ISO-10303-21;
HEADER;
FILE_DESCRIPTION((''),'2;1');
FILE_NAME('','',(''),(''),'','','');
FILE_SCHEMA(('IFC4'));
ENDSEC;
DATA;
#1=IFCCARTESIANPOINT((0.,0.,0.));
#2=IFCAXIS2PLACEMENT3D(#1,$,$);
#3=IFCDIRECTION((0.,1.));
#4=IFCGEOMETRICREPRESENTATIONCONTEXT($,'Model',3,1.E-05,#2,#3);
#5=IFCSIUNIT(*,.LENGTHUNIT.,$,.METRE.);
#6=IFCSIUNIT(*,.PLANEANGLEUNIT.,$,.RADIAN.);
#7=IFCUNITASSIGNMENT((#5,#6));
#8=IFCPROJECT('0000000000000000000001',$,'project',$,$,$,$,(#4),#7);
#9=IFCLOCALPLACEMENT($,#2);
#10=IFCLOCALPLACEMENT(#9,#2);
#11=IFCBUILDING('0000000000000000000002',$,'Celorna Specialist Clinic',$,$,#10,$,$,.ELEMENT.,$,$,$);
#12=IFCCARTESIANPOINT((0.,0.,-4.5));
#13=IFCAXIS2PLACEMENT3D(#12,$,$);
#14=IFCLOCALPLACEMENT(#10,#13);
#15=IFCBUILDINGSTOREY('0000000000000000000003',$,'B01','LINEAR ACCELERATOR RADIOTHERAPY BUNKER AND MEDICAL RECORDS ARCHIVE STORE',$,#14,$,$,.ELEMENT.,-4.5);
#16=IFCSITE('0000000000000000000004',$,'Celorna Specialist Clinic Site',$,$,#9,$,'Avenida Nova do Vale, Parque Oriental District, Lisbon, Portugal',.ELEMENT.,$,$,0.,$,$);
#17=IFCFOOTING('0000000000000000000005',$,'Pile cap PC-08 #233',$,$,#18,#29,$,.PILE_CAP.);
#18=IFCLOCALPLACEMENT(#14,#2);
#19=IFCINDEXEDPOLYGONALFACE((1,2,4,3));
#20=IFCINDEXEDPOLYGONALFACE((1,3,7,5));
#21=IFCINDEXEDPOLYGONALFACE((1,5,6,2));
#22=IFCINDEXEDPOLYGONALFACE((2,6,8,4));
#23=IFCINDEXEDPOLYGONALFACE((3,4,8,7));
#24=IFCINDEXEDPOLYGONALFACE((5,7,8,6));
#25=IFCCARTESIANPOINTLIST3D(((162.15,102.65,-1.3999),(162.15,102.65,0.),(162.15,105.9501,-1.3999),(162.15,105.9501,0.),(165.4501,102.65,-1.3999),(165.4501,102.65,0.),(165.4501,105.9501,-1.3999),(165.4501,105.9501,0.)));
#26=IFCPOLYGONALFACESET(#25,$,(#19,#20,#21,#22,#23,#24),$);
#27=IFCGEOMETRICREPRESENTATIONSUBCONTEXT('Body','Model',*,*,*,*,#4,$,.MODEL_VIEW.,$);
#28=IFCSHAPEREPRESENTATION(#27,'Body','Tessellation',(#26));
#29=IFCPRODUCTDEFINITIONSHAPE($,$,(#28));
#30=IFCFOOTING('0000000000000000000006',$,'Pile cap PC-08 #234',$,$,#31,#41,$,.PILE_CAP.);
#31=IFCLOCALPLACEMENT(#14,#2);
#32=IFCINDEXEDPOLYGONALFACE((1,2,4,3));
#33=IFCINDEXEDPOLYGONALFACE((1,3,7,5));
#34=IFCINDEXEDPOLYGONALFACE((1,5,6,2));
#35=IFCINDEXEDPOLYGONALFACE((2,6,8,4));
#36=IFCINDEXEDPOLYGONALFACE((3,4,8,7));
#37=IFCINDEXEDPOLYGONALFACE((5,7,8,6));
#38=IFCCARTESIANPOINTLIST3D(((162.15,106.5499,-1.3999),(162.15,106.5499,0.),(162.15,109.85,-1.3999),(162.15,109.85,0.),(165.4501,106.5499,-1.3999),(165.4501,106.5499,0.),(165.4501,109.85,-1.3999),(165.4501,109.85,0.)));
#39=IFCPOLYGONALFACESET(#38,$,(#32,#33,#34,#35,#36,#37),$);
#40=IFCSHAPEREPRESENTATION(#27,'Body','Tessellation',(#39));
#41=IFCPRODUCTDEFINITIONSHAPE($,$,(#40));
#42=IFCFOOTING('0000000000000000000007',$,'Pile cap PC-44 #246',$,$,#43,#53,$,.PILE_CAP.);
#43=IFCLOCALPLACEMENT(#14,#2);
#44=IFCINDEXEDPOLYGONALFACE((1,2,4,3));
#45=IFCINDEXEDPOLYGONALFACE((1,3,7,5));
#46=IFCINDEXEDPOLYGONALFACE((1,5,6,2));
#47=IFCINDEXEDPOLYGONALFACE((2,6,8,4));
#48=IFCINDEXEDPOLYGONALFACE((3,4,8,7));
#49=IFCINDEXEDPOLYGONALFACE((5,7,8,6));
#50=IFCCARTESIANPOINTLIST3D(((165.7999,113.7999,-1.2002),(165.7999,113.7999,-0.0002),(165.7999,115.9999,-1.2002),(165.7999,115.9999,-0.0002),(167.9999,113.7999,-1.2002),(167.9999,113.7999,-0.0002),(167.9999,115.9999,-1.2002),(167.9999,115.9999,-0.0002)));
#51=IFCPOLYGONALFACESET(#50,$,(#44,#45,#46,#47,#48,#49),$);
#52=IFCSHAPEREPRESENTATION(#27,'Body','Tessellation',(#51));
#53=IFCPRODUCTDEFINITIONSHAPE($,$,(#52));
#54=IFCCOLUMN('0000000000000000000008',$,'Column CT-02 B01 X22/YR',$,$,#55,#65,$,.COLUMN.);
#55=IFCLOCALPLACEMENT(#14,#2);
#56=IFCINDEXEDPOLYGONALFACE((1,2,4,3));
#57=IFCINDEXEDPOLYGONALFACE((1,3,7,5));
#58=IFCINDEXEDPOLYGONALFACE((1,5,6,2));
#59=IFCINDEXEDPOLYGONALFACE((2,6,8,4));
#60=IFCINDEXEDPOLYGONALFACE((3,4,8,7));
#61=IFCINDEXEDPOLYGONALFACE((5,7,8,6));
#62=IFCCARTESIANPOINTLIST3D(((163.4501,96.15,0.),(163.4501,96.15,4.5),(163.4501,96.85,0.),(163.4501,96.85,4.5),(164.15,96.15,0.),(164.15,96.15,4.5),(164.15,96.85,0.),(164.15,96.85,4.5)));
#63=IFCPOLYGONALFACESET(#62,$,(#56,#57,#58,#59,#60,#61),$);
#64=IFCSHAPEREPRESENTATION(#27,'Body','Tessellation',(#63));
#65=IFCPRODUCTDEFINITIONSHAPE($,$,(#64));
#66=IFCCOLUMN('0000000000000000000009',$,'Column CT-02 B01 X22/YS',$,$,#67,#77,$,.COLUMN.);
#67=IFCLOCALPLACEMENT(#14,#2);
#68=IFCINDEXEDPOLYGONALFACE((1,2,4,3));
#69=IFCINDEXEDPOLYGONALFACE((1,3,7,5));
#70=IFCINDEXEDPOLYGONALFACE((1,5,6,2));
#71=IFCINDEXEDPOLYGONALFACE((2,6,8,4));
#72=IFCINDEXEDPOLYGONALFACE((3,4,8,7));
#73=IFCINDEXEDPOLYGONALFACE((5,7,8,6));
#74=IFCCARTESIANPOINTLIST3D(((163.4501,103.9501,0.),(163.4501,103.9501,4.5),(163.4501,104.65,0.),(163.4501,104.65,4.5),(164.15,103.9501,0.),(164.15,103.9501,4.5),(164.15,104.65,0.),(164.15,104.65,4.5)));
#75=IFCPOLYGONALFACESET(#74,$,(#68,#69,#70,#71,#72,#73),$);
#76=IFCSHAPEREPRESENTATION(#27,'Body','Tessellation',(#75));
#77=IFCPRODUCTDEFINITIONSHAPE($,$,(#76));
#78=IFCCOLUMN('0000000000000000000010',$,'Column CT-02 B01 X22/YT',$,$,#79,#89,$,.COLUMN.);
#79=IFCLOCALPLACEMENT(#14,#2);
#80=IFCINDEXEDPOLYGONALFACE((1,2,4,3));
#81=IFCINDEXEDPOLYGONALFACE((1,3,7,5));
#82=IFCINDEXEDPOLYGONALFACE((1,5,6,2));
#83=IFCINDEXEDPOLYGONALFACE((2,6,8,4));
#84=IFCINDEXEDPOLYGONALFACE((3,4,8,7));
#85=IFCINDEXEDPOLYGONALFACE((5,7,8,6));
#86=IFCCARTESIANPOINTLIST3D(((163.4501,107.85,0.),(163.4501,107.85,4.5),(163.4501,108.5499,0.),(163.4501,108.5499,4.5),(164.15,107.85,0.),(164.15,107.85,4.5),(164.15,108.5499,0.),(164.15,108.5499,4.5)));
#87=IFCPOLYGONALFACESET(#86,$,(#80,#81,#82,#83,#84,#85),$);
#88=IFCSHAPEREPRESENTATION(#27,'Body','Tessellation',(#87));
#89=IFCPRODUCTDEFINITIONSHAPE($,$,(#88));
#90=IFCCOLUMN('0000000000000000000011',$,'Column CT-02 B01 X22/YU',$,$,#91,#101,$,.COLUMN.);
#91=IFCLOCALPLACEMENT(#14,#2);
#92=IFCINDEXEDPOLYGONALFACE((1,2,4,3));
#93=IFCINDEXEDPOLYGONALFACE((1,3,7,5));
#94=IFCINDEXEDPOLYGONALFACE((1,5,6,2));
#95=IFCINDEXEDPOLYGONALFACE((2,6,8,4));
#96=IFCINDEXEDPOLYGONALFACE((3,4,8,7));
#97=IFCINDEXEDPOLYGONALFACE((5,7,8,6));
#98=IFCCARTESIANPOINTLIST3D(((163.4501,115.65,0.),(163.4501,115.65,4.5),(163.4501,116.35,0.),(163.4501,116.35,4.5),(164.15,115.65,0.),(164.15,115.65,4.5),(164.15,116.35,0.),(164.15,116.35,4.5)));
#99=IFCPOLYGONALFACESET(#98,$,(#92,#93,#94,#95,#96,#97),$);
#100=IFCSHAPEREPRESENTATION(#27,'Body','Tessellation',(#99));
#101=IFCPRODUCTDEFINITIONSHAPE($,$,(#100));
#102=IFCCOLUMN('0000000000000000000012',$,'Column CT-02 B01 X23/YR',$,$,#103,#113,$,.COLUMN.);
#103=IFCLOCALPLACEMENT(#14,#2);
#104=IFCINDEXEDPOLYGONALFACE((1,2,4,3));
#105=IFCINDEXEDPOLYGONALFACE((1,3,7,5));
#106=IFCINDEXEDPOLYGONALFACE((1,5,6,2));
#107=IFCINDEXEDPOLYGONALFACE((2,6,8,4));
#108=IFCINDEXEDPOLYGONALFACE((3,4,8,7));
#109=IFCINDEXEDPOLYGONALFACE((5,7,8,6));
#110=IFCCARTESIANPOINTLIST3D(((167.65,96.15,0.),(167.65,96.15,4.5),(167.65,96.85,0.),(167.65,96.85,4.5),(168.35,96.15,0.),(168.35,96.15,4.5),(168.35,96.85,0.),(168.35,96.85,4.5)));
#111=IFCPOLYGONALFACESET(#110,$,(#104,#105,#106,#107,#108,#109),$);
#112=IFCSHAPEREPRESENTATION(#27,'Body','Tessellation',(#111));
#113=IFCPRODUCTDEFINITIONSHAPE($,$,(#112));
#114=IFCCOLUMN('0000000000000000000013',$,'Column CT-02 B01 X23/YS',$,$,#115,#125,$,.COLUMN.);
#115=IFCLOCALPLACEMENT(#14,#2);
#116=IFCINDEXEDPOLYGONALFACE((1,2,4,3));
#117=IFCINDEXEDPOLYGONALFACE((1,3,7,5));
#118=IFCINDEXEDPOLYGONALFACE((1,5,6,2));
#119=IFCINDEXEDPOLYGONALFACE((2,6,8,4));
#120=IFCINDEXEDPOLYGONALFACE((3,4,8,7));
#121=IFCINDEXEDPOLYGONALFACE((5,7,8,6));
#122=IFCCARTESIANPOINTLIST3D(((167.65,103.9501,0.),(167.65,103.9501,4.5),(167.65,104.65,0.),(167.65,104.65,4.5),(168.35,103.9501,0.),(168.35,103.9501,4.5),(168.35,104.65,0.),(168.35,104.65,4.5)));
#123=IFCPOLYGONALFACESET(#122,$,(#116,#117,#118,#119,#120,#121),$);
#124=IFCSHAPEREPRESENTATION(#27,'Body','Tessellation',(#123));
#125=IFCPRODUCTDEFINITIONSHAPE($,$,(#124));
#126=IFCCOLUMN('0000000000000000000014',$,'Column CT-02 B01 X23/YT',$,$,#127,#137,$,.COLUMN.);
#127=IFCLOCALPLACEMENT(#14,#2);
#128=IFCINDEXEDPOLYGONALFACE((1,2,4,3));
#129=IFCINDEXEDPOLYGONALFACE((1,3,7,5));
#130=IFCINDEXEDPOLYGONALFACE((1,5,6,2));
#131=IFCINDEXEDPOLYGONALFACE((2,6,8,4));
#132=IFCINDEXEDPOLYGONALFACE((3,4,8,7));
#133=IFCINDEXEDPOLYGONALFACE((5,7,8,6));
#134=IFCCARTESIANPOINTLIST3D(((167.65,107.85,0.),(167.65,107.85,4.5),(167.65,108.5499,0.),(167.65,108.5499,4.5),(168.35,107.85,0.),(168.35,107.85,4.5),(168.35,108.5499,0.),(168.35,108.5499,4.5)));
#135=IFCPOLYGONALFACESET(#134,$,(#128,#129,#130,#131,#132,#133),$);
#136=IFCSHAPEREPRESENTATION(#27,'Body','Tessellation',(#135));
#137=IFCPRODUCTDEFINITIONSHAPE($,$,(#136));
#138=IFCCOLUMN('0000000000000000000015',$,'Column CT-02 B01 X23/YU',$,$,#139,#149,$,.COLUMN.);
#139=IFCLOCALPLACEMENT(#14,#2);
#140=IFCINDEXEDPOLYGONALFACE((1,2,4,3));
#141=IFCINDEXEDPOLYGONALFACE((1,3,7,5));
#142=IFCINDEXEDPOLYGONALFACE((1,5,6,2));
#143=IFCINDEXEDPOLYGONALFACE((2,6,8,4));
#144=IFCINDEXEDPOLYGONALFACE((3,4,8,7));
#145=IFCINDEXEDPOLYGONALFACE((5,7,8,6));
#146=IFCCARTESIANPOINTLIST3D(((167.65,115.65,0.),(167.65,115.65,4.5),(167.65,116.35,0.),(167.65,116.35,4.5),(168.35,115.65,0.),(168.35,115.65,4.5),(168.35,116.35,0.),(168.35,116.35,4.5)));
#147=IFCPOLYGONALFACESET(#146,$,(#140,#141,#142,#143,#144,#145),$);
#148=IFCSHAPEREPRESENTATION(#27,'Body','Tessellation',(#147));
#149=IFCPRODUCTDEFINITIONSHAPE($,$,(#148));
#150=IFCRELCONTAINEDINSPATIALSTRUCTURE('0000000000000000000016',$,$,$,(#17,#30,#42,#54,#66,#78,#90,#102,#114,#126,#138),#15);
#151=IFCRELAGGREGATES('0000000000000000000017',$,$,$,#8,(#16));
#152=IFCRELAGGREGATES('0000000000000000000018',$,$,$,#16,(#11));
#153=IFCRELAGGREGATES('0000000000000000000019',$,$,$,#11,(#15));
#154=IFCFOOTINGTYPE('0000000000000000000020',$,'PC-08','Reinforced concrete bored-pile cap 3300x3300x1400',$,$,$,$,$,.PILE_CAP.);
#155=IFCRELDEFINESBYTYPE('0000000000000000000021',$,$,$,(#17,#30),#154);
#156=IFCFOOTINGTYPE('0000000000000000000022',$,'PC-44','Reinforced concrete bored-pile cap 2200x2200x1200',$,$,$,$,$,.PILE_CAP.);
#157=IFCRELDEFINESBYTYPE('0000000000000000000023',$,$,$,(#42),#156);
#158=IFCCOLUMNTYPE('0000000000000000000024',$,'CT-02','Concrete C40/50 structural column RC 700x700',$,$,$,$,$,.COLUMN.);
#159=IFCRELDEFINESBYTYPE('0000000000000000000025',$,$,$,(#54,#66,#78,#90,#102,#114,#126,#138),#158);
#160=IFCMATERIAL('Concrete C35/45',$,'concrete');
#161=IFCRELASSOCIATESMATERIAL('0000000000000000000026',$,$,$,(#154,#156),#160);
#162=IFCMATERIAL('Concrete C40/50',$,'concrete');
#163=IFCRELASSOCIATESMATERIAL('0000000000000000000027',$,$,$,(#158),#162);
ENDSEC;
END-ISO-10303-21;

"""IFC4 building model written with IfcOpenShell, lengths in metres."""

from ifc_helpers import new_model, si_unit, direction, frame, origin, origin_2d, place, context, subcontext, project, spatial, rectangle, extrude, material, material_profile, profile_set, type_object, element, save


model = new_model("IFC4")

# Units and contexts
model_context = context("Model", 3, precision=1e-05, world=origin(), true_north=direction((0.0, 1.0)))
body_context = subcontext(model_context, "Body", "Model", "MODEL_VIEW")
ifc_project = project(units=[si_unit("LENGTHUNIT", "METRE"), si_unit("PLANEANGLEUNIT", "RADIAN")], contexts=[model_context])

# Site, building, storey
site_placement = place(None, origin())
site = spatial("IfcSite", under=ifc_project, at=site_placement, Name="Celorna Specialist Clinic Site", LongName="Avenida Nova do Vale, Parque Oriental District, Lisbon, Portugal", CompositionType="ELEMENT", RefElevation=0.0)
building_placement = place(site_placement, origin())
building = spatial("IfcBuilding", under=site, at=building_placement, Name="Celorna Specialist Clinic", CompositionType="ELEMENT")
storey_placement = place(building_placement, frame((0.0, 0.0, -4.5)))
storey = spatial("IfcBuildingStorey", under=building, at=storey_placement, Name="B01", Description="LINEAR ACCELERATOR RADIOTHERAPY BUNKER AND MEDICAL RECORDS ARCHIVE STORE", CompositionType="ELEMENT", Elevation=-4.5)

# Shared definitions
ifc_material_1 = material(Name="Concrete C35/45", Category="concrete")

# Footings
footing_type_1 = type_object("IfcFootingType", Name="PC-08", Description="Reinforced concrete bored-pile cap 3300x3300x1400", PredefinedType="PILE_CAP", material=ifc_material_1)
for number, where, z_axis, x_axis, name in (
    (1, (163.8, 104.3, -1.3999), (0.0, 0.0, 1.0), (1.0, 0.0, 0.0), "Pile cap PC-08 #233"),
    (2, (163.8, 108.2, -1.3999), (0.0, 0.0, 1.0), (1.0, 0.0, 0.0), "Pile cap PC-08 #234"),
):
    element("IfcFooting", number, at=place(storey_placement, frame(where, z_axis=z_axis, x_axis=x_axis)), inside=storey, type_object=footing_type_1, Name=name, PredefinedType="PILE_CAP", context=body_context, shape_type="SweptSolid", body=[
        extrude(rectangle(XDim=3.3, YDim=3.3, at=origin_2d()), origin(), (0.0, 0.0, 1.0), 1.3999),
    ])
footing_type_2 = type_object("IfcFootingType", Name="PC-44", Description="Reinforced concrete bored-pile cap 2200x2200x1200", PredefinedType="PILE_CAP", material=ifc_material_1)
footing_1_placement = place(storey_placement, frame((166.8999, 114.8999, -1.2002), z_axis=(0.0, 0.0, 1.0), x_axis=(1.0, 0.0, 0.0)))
element("IfcFooting", 3, at=footing_1_placement, inside=storey, type_object=footing_type_2, Name="Pile cap PC-44 #246", PredefinedType="PILE_CAP", context=body_context, shape_type="SweptSolid", body=[
    extrude(rectangle(XDim=2.2, YDim=2.2, at=origin_2d()), origin(), (0.0, 0.0, 1.0), 1.2),
])

# Columns
ifc_material_2 = material(Name="Concrete C40/50", Category="concrete")
ifc_material_profile_1 = material_profile(ifc_material_2, rectangle(XDim=0.7, YDim=0.7, at=origin_2d()), Name="RC 700x700")
ifc_profile_set_1 = profile_set([ifc_material_profile_1], Name="Concrete C40/50")
column_type = type_object("IfcColumnType", Name="CT-02", Description="Concrete C40/50 structural column RC 700x700", PredefinedType="COLUMN", material=ifc_profile_set_1)
for number, where, z_axis, x_axis, name in (
    (4, (163.8, 96.5, 0.0), (0.0, 0.0, 1.0), (1.0, 0.0, 0.0), "Column CT-02 B01 X22/YR"),
    (5, (163.8, 104.3, 0.0), (0.0, 0.0, 1.0), (1.0, 0.0, 0.0), "Column CT-02 B01 X22/YS"),
    (6, (163.8, 108.2, 0.0), (0.0, 0.0, 1.0), (1.0, 0.0, 0.0), "Column CT-02 B01 X22/YT"),
    (7, (163.8, 116.0, 0.0), (0.0, 0.0, 1.0), (1.0, 0.0, 0.0), "Column CT-02 B01 X22/YU"),
    (8, (168.0, 96.5, 0.0), (0.0, 0.0, 1.0), (1.0, 0.0, 0.0), "Column CT-02 B01 X23/YR"),
    (9, (168.0, 104.3, 0.0), (0.0, 0.0, 1.0), (1.0, 0.0, 0.0), "Column CT-02 B01 X23/YS"),
    (10, (168.0, 108.2, 0.0), (0.0, 0.0, 1.0), (1.0, 0.0, 0.0), "Column CT-02 B01 X23/YT"),
    (11, (168.0, 116.0, 0.0), (0.0, 0.0, 1.0), (1.0, 0.0, 0.0), "Column CT-02 B01 X23/YU"),
):
    element("IfcColumn", number, at=place(storey_placement, frame(where, z_axis=z_axis, x_axis=x_axis)), inside=storey, type_object=column_type, Name=name, PredefinedType="COLUMN", context=body_context, shape_type="SweptSolid", body=[
        extrude(rectangle(XDim=0.7, YDim=0.7, at=origin_2d()), origin(), (0.0, 0.0, 1.0), 4.5),
    ])

save(model, "model.ifc")
